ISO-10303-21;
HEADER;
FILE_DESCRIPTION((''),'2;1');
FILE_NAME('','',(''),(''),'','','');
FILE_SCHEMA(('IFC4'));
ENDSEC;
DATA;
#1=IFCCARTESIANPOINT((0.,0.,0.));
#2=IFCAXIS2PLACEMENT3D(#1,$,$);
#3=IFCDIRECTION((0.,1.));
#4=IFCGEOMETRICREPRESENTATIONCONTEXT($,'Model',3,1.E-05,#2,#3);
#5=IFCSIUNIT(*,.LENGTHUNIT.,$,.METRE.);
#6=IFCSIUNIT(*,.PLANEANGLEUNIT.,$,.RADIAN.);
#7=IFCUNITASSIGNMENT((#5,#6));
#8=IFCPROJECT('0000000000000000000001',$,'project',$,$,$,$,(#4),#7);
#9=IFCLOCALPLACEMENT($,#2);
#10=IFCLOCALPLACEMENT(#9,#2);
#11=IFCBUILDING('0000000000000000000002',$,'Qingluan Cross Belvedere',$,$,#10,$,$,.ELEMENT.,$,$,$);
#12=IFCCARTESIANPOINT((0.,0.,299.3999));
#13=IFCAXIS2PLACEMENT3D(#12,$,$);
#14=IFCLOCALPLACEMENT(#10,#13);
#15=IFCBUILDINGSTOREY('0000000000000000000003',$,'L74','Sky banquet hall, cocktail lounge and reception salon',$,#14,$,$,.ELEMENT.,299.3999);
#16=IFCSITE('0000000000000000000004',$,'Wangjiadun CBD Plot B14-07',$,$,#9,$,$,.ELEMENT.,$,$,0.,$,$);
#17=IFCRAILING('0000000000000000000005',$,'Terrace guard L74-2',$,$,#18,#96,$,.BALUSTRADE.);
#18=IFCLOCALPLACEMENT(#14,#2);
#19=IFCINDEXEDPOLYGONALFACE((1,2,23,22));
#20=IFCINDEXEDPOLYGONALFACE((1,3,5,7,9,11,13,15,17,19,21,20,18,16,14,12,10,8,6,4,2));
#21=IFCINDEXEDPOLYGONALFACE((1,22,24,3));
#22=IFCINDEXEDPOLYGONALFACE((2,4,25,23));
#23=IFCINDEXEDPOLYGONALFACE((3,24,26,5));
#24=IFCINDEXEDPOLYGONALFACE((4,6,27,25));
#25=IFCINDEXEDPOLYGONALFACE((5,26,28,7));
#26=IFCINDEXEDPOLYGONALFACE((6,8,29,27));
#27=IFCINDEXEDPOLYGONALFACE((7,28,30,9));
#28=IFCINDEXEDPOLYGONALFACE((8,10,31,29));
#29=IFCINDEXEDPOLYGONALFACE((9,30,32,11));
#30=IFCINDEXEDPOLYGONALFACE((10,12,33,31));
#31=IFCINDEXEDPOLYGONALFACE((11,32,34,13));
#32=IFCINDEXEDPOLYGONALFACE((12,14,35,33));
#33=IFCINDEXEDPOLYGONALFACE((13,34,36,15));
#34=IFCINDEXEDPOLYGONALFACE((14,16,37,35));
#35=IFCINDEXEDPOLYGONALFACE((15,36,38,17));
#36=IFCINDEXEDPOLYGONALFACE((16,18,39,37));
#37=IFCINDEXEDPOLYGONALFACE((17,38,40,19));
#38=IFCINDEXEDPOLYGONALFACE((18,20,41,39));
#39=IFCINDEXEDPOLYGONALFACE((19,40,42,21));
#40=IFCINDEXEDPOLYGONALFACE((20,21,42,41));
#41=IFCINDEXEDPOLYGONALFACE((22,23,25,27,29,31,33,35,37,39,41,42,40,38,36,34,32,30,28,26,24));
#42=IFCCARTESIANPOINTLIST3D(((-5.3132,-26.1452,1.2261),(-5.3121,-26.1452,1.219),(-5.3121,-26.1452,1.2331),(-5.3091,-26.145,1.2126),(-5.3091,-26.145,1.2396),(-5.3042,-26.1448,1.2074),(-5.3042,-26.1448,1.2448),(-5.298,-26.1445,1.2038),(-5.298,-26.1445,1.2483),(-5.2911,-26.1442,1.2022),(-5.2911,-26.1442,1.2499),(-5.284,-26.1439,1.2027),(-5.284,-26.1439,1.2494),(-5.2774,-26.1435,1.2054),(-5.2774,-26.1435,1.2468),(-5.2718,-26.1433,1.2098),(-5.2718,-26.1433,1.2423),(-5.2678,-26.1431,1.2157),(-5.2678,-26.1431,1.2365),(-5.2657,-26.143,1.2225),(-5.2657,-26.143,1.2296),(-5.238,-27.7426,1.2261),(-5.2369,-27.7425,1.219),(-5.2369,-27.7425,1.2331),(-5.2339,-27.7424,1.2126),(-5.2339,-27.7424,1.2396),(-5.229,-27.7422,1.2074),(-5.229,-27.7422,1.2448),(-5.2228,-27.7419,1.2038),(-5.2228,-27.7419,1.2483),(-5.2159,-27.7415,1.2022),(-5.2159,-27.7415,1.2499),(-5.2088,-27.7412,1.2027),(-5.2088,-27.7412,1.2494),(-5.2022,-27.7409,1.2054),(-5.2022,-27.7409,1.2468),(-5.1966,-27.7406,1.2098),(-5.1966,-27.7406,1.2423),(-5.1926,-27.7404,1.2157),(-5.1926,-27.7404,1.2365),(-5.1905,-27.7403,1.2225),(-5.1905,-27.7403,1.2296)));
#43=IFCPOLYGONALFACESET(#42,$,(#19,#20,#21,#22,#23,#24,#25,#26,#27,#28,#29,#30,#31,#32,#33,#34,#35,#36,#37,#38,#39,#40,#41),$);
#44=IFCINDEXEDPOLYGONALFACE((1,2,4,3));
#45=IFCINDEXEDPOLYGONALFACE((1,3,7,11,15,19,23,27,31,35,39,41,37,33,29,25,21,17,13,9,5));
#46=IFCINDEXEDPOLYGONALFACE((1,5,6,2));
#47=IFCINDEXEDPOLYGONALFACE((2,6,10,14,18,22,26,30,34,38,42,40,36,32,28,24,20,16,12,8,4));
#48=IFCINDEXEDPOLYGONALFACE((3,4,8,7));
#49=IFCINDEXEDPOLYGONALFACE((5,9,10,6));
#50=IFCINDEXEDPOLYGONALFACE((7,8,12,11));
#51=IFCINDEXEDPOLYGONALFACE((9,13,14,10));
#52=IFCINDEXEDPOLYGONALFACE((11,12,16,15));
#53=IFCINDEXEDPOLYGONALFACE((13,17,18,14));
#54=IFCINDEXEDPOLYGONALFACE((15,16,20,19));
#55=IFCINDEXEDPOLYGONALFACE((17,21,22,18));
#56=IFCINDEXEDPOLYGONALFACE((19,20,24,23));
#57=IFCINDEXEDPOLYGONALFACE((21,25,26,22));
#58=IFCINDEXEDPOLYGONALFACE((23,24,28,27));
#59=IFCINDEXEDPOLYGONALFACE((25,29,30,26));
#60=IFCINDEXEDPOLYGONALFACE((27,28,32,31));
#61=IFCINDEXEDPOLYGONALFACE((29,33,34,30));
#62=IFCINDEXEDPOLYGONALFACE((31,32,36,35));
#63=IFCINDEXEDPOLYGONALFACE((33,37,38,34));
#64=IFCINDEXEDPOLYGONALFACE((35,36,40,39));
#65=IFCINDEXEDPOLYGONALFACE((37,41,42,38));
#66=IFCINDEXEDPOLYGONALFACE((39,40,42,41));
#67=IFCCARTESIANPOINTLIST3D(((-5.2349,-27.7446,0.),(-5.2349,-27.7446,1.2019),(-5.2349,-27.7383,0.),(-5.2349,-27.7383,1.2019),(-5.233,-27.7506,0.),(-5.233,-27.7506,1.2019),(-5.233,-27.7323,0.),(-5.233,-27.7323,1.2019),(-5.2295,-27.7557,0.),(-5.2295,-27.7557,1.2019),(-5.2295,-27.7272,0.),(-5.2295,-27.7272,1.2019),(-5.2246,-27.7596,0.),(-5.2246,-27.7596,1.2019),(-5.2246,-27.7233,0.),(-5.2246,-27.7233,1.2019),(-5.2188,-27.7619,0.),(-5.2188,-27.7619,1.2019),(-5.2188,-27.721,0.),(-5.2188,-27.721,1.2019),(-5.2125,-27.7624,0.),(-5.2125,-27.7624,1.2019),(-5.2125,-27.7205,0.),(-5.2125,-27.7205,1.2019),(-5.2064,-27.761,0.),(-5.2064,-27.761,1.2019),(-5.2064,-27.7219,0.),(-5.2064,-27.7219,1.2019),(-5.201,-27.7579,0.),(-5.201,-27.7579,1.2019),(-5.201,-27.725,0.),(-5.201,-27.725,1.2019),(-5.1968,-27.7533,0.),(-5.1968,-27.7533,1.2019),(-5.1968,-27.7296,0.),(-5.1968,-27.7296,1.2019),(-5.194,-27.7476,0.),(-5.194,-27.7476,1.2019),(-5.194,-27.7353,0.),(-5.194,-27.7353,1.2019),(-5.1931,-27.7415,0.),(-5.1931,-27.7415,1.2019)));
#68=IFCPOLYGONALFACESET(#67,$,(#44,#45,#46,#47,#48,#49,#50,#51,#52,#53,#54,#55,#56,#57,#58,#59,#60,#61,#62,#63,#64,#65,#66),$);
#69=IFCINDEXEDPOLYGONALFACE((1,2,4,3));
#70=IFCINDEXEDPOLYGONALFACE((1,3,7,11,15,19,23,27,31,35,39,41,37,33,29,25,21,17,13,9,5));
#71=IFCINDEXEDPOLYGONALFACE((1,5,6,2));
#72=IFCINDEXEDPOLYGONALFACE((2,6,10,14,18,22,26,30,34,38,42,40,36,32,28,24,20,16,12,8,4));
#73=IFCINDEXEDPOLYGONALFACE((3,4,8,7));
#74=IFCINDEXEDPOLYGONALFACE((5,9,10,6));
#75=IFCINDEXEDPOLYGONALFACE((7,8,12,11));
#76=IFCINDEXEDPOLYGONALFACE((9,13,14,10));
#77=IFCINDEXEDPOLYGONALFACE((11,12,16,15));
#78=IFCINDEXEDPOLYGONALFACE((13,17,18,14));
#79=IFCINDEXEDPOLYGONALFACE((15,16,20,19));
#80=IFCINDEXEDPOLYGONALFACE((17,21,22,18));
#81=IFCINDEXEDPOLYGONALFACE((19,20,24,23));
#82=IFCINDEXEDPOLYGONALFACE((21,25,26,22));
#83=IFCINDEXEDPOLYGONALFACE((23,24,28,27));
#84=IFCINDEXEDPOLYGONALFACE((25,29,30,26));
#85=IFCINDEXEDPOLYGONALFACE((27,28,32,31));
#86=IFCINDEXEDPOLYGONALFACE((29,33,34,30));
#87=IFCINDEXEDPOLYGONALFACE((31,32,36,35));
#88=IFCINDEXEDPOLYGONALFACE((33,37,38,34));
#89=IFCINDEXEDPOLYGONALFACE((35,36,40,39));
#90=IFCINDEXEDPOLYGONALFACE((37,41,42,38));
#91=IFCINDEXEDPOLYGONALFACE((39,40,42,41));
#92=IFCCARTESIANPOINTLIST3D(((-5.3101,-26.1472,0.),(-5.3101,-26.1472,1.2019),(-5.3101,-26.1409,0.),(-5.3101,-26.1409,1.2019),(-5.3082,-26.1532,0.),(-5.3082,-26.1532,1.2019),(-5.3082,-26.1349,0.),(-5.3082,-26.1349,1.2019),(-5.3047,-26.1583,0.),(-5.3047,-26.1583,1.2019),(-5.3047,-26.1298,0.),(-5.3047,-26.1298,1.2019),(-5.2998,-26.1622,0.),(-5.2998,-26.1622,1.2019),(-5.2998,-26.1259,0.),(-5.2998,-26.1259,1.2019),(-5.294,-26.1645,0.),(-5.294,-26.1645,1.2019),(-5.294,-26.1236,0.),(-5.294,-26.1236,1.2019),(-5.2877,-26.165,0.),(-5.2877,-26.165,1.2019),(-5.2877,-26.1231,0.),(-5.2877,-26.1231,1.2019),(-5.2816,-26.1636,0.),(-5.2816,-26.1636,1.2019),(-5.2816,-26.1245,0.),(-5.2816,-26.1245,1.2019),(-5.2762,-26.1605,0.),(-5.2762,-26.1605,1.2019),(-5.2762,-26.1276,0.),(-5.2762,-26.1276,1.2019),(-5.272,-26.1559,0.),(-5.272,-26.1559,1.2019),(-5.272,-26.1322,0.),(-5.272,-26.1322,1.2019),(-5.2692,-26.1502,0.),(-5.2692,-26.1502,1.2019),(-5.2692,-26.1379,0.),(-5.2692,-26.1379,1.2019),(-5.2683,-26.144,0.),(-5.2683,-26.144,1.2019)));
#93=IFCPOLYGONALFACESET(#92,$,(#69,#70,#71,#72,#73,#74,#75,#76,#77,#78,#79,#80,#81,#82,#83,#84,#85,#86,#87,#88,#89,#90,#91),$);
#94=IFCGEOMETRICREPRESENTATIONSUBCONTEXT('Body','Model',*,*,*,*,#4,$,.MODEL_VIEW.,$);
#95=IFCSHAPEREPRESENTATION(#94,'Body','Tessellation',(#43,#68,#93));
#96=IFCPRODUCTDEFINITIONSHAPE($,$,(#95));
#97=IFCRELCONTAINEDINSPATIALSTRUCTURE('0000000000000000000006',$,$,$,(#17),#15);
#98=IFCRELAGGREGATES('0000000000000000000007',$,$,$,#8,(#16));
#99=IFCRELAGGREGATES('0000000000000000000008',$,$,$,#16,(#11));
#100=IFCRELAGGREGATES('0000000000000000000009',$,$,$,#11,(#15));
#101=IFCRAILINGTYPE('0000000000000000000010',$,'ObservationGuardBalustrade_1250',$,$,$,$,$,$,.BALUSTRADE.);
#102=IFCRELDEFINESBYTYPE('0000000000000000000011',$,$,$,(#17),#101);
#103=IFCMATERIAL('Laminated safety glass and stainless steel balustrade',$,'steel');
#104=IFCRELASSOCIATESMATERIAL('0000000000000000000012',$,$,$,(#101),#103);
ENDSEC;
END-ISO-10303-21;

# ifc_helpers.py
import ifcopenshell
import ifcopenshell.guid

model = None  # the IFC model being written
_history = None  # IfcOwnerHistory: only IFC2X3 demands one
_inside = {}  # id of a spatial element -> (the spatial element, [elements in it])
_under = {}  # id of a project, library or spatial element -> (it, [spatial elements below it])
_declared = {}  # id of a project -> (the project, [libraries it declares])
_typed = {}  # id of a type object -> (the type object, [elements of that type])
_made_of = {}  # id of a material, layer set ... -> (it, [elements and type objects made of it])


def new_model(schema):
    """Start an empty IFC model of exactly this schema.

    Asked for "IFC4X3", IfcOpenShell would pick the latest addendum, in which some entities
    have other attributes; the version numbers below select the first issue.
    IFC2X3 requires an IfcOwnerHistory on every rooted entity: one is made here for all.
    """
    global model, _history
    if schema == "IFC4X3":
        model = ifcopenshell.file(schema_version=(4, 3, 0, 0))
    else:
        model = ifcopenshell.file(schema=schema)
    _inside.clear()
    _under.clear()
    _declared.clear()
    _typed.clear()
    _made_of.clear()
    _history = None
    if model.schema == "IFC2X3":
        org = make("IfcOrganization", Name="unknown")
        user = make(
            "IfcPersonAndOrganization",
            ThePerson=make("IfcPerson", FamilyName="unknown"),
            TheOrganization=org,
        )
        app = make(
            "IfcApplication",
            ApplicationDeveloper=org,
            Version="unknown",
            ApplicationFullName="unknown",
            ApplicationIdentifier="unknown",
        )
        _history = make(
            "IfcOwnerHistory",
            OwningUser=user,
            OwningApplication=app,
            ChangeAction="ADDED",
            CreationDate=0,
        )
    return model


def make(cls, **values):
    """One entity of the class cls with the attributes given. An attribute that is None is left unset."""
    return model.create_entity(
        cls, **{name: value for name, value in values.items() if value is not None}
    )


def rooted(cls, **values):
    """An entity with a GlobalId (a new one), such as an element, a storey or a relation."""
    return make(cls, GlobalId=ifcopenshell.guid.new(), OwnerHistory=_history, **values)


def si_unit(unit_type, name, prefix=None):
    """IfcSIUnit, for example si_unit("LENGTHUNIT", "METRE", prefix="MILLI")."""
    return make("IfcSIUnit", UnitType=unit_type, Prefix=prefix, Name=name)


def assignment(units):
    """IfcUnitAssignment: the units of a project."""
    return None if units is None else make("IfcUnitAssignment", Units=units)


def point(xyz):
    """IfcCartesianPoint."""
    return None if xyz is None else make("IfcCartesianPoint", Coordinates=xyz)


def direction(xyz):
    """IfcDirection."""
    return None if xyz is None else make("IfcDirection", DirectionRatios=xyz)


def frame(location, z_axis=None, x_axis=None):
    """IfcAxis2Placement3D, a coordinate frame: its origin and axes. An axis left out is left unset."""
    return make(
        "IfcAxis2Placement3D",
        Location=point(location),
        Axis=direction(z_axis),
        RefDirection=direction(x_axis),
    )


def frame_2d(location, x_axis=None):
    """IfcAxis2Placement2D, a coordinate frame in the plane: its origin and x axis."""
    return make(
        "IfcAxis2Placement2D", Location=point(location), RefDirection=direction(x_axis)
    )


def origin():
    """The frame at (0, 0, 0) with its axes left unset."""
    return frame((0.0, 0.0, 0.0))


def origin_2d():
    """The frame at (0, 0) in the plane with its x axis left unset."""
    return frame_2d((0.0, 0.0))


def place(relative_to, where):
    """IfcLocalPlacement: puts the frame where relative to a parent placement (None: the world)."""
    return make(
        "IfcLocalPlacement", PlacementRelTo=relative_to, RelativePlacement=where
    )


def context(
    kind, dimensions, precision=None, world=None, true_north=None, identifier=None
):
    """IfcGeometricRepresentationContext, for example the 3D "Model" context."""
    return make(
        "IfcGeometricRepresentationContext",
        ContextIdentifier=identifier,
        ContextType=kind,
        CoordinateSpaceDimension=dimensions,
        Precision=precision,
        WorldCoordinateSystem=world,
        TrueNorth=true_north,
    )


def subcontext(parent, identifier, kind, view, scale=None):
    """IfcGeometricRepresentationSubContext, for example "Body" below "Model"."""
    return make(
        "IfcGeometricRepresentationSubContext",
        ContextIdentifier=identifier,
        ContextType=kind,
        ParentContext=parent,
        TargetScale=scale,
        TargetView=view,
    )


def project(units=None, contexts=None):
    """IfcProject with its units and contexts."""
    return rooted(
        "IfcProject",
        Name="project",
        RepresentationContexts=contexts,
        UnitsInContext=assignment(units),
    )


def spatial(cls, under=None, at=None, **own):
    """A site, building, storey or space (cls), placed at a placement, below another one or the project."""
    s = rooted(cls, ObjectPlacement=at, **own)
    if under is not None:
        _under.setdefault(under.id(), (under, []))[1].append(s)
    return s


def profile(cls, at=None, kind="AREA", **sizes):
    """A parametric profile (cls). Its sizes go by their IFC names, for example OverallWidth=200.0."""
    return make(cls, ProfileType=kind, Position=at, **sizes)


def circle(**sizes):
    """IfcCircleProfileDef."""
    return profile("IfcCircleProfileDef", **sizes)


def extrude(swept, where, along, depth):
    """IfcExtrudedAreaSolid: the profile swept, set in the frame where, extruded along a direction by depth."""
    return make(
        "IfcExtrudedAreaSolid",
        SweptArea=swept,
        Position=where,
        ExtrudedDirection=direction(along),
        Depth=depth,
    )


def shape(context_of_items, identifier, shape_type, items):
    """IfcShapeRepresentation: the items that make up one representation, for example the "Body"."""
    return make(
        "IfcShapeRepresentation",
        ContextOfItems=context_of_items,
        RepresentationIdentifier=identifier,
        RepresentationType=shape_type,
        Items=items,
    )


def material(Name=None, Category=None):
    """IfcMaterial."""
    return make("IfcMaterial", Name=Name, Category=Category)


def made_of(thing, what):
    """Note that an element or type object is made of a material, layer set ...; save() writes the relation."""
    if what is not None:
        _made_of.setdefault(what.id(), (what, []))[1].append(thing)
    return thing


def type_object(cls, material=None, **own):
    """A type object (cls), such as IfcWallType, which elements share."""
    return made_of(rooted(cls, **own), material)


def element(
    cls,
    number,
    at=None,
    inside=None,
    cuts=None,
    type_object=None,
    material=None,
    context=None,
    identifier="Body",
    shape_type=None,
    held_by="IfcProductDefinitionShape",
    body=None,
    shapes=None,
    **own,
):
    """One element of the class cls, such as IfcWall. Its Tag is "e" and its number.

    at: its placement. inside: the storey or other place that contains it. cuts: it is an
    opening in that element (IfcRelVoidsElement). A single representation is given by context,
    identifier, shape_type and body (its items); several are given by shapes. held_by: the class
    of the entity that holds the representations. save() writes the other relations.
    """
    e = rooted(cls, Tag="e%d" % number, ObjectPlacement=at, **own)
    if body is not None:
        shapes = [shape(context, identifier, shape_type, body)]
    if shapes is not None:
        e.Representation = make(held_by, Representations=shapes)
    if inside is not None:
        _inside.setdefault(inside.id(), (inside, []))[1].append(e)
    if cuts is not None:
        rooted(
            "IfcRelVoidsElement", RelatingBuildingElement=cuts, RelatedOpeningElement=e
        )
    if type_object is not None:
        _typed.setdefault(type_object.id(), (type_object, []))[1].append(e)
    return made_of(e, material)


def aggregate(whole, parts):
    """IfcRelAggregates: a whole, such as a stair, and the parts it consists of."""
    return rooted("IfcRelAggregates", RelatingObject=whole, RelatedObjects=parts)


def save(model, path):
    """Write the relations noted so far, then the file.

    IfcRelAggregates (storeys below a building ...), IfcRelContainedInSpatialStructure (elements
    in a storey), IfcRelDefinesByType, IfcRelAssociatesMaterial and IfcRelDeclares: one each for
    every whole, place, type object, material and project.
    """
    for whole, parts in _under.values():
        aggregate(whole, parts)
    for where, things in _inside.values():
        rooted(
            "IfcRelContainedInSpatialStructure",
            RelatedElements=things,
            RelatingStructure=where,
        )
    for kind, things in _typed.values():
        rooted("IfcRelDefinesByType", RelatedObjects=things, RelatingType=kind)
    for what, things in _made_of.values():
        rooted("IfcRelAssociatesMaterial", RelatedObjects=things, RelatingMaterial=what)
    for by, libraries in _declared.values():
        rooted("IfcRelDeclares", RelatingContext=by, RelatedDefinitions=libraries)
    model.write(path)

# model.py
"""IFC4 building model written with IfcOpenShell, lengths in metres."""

from ifc_helpers import new_model, si_unit, direction, frame, origin, origin_2d, place, context, subcontext, project, spatial, circle, extrude, material, type_object, element, save


model = new_model("IFC4")

# Units and contexts
model_context = context("Model", 3, precision=1e-05, world=origin(), true_north=direction((0.0, 1.0)))
body_context = subcontext(model_context, "Body", "Model", "MODEL_VIEW")
ifc_project = project(units=[si_unit("LENGTHUNIT", "METRE"), si_unit("PLANEANGLEUNIT", "RADIAN")], contexts=[model_context])

# Site, building, storey
site_placement = place(None, origin())
site = spatial("IfcSite", under=ifc_project, at=site_placement, Name="Wangjiadun CBD Plot B14-07", CompositionType="ELEMENT", RefElevation=0.0)
building_placement = place(site_placement, origin())
building = spatial("IfcBuilding", under=site, at=building_placement, Name="Qingluan Cross Belvedere", CompositionType="ELEMENT")
storey_placement = place(building_placement, frame((0.0, 0.0, 299.3999)))
storey = spatial("IfcBuildingStorey", under=building, at=storey_placement, Name="L74", Description="Sky banquet hall, cocktail lounge and reception salon", CompositionType="ELEMENT", Elevation=299.3999)

# Railing
ifc_material_1 = material(Name="Laminated safety glass and stainless steel balustrade", Category="steel")
railing_type = type_object("IfcRailingType", Name="ObservationGuardBalustrade_1250", PredefinedType="BALUSTRADE", material=ifc_material_1)
railing_placement = place(storey_placement, frame((-5.2141, -27.7415, 0.0)))
element("IfcRailing", 1, at=railing_placement, inside=storey, type_object=railing_type, Name="Terrace guard L74-2", PredefinedType="BALUSTRADE", context=body_context, shape_type="SweptSolid", body=[
    extrude(circle(Radius=0.0239, at=origin_2d()), frame((0.0, 0.0, 1.2261), z_axis=(-0.047021, 0.998894, 0.0), x_axis=(-0.998894, -0.047021, 0.0)), (0.0, 0.0, 1.0), 1.5991),
    extrude(circle(Radius=0.021, at=origin_2d()), origin(), (0.0, 0.0, 1.0), 1.2019),
    extrude(circle(Radius=0.021, at=origin_2d()), frame((-0.0752, 1.5974, 0.0)), (0.0, 0.0, 1.0), 1.2019),
])

save(model, "model.ifc")
